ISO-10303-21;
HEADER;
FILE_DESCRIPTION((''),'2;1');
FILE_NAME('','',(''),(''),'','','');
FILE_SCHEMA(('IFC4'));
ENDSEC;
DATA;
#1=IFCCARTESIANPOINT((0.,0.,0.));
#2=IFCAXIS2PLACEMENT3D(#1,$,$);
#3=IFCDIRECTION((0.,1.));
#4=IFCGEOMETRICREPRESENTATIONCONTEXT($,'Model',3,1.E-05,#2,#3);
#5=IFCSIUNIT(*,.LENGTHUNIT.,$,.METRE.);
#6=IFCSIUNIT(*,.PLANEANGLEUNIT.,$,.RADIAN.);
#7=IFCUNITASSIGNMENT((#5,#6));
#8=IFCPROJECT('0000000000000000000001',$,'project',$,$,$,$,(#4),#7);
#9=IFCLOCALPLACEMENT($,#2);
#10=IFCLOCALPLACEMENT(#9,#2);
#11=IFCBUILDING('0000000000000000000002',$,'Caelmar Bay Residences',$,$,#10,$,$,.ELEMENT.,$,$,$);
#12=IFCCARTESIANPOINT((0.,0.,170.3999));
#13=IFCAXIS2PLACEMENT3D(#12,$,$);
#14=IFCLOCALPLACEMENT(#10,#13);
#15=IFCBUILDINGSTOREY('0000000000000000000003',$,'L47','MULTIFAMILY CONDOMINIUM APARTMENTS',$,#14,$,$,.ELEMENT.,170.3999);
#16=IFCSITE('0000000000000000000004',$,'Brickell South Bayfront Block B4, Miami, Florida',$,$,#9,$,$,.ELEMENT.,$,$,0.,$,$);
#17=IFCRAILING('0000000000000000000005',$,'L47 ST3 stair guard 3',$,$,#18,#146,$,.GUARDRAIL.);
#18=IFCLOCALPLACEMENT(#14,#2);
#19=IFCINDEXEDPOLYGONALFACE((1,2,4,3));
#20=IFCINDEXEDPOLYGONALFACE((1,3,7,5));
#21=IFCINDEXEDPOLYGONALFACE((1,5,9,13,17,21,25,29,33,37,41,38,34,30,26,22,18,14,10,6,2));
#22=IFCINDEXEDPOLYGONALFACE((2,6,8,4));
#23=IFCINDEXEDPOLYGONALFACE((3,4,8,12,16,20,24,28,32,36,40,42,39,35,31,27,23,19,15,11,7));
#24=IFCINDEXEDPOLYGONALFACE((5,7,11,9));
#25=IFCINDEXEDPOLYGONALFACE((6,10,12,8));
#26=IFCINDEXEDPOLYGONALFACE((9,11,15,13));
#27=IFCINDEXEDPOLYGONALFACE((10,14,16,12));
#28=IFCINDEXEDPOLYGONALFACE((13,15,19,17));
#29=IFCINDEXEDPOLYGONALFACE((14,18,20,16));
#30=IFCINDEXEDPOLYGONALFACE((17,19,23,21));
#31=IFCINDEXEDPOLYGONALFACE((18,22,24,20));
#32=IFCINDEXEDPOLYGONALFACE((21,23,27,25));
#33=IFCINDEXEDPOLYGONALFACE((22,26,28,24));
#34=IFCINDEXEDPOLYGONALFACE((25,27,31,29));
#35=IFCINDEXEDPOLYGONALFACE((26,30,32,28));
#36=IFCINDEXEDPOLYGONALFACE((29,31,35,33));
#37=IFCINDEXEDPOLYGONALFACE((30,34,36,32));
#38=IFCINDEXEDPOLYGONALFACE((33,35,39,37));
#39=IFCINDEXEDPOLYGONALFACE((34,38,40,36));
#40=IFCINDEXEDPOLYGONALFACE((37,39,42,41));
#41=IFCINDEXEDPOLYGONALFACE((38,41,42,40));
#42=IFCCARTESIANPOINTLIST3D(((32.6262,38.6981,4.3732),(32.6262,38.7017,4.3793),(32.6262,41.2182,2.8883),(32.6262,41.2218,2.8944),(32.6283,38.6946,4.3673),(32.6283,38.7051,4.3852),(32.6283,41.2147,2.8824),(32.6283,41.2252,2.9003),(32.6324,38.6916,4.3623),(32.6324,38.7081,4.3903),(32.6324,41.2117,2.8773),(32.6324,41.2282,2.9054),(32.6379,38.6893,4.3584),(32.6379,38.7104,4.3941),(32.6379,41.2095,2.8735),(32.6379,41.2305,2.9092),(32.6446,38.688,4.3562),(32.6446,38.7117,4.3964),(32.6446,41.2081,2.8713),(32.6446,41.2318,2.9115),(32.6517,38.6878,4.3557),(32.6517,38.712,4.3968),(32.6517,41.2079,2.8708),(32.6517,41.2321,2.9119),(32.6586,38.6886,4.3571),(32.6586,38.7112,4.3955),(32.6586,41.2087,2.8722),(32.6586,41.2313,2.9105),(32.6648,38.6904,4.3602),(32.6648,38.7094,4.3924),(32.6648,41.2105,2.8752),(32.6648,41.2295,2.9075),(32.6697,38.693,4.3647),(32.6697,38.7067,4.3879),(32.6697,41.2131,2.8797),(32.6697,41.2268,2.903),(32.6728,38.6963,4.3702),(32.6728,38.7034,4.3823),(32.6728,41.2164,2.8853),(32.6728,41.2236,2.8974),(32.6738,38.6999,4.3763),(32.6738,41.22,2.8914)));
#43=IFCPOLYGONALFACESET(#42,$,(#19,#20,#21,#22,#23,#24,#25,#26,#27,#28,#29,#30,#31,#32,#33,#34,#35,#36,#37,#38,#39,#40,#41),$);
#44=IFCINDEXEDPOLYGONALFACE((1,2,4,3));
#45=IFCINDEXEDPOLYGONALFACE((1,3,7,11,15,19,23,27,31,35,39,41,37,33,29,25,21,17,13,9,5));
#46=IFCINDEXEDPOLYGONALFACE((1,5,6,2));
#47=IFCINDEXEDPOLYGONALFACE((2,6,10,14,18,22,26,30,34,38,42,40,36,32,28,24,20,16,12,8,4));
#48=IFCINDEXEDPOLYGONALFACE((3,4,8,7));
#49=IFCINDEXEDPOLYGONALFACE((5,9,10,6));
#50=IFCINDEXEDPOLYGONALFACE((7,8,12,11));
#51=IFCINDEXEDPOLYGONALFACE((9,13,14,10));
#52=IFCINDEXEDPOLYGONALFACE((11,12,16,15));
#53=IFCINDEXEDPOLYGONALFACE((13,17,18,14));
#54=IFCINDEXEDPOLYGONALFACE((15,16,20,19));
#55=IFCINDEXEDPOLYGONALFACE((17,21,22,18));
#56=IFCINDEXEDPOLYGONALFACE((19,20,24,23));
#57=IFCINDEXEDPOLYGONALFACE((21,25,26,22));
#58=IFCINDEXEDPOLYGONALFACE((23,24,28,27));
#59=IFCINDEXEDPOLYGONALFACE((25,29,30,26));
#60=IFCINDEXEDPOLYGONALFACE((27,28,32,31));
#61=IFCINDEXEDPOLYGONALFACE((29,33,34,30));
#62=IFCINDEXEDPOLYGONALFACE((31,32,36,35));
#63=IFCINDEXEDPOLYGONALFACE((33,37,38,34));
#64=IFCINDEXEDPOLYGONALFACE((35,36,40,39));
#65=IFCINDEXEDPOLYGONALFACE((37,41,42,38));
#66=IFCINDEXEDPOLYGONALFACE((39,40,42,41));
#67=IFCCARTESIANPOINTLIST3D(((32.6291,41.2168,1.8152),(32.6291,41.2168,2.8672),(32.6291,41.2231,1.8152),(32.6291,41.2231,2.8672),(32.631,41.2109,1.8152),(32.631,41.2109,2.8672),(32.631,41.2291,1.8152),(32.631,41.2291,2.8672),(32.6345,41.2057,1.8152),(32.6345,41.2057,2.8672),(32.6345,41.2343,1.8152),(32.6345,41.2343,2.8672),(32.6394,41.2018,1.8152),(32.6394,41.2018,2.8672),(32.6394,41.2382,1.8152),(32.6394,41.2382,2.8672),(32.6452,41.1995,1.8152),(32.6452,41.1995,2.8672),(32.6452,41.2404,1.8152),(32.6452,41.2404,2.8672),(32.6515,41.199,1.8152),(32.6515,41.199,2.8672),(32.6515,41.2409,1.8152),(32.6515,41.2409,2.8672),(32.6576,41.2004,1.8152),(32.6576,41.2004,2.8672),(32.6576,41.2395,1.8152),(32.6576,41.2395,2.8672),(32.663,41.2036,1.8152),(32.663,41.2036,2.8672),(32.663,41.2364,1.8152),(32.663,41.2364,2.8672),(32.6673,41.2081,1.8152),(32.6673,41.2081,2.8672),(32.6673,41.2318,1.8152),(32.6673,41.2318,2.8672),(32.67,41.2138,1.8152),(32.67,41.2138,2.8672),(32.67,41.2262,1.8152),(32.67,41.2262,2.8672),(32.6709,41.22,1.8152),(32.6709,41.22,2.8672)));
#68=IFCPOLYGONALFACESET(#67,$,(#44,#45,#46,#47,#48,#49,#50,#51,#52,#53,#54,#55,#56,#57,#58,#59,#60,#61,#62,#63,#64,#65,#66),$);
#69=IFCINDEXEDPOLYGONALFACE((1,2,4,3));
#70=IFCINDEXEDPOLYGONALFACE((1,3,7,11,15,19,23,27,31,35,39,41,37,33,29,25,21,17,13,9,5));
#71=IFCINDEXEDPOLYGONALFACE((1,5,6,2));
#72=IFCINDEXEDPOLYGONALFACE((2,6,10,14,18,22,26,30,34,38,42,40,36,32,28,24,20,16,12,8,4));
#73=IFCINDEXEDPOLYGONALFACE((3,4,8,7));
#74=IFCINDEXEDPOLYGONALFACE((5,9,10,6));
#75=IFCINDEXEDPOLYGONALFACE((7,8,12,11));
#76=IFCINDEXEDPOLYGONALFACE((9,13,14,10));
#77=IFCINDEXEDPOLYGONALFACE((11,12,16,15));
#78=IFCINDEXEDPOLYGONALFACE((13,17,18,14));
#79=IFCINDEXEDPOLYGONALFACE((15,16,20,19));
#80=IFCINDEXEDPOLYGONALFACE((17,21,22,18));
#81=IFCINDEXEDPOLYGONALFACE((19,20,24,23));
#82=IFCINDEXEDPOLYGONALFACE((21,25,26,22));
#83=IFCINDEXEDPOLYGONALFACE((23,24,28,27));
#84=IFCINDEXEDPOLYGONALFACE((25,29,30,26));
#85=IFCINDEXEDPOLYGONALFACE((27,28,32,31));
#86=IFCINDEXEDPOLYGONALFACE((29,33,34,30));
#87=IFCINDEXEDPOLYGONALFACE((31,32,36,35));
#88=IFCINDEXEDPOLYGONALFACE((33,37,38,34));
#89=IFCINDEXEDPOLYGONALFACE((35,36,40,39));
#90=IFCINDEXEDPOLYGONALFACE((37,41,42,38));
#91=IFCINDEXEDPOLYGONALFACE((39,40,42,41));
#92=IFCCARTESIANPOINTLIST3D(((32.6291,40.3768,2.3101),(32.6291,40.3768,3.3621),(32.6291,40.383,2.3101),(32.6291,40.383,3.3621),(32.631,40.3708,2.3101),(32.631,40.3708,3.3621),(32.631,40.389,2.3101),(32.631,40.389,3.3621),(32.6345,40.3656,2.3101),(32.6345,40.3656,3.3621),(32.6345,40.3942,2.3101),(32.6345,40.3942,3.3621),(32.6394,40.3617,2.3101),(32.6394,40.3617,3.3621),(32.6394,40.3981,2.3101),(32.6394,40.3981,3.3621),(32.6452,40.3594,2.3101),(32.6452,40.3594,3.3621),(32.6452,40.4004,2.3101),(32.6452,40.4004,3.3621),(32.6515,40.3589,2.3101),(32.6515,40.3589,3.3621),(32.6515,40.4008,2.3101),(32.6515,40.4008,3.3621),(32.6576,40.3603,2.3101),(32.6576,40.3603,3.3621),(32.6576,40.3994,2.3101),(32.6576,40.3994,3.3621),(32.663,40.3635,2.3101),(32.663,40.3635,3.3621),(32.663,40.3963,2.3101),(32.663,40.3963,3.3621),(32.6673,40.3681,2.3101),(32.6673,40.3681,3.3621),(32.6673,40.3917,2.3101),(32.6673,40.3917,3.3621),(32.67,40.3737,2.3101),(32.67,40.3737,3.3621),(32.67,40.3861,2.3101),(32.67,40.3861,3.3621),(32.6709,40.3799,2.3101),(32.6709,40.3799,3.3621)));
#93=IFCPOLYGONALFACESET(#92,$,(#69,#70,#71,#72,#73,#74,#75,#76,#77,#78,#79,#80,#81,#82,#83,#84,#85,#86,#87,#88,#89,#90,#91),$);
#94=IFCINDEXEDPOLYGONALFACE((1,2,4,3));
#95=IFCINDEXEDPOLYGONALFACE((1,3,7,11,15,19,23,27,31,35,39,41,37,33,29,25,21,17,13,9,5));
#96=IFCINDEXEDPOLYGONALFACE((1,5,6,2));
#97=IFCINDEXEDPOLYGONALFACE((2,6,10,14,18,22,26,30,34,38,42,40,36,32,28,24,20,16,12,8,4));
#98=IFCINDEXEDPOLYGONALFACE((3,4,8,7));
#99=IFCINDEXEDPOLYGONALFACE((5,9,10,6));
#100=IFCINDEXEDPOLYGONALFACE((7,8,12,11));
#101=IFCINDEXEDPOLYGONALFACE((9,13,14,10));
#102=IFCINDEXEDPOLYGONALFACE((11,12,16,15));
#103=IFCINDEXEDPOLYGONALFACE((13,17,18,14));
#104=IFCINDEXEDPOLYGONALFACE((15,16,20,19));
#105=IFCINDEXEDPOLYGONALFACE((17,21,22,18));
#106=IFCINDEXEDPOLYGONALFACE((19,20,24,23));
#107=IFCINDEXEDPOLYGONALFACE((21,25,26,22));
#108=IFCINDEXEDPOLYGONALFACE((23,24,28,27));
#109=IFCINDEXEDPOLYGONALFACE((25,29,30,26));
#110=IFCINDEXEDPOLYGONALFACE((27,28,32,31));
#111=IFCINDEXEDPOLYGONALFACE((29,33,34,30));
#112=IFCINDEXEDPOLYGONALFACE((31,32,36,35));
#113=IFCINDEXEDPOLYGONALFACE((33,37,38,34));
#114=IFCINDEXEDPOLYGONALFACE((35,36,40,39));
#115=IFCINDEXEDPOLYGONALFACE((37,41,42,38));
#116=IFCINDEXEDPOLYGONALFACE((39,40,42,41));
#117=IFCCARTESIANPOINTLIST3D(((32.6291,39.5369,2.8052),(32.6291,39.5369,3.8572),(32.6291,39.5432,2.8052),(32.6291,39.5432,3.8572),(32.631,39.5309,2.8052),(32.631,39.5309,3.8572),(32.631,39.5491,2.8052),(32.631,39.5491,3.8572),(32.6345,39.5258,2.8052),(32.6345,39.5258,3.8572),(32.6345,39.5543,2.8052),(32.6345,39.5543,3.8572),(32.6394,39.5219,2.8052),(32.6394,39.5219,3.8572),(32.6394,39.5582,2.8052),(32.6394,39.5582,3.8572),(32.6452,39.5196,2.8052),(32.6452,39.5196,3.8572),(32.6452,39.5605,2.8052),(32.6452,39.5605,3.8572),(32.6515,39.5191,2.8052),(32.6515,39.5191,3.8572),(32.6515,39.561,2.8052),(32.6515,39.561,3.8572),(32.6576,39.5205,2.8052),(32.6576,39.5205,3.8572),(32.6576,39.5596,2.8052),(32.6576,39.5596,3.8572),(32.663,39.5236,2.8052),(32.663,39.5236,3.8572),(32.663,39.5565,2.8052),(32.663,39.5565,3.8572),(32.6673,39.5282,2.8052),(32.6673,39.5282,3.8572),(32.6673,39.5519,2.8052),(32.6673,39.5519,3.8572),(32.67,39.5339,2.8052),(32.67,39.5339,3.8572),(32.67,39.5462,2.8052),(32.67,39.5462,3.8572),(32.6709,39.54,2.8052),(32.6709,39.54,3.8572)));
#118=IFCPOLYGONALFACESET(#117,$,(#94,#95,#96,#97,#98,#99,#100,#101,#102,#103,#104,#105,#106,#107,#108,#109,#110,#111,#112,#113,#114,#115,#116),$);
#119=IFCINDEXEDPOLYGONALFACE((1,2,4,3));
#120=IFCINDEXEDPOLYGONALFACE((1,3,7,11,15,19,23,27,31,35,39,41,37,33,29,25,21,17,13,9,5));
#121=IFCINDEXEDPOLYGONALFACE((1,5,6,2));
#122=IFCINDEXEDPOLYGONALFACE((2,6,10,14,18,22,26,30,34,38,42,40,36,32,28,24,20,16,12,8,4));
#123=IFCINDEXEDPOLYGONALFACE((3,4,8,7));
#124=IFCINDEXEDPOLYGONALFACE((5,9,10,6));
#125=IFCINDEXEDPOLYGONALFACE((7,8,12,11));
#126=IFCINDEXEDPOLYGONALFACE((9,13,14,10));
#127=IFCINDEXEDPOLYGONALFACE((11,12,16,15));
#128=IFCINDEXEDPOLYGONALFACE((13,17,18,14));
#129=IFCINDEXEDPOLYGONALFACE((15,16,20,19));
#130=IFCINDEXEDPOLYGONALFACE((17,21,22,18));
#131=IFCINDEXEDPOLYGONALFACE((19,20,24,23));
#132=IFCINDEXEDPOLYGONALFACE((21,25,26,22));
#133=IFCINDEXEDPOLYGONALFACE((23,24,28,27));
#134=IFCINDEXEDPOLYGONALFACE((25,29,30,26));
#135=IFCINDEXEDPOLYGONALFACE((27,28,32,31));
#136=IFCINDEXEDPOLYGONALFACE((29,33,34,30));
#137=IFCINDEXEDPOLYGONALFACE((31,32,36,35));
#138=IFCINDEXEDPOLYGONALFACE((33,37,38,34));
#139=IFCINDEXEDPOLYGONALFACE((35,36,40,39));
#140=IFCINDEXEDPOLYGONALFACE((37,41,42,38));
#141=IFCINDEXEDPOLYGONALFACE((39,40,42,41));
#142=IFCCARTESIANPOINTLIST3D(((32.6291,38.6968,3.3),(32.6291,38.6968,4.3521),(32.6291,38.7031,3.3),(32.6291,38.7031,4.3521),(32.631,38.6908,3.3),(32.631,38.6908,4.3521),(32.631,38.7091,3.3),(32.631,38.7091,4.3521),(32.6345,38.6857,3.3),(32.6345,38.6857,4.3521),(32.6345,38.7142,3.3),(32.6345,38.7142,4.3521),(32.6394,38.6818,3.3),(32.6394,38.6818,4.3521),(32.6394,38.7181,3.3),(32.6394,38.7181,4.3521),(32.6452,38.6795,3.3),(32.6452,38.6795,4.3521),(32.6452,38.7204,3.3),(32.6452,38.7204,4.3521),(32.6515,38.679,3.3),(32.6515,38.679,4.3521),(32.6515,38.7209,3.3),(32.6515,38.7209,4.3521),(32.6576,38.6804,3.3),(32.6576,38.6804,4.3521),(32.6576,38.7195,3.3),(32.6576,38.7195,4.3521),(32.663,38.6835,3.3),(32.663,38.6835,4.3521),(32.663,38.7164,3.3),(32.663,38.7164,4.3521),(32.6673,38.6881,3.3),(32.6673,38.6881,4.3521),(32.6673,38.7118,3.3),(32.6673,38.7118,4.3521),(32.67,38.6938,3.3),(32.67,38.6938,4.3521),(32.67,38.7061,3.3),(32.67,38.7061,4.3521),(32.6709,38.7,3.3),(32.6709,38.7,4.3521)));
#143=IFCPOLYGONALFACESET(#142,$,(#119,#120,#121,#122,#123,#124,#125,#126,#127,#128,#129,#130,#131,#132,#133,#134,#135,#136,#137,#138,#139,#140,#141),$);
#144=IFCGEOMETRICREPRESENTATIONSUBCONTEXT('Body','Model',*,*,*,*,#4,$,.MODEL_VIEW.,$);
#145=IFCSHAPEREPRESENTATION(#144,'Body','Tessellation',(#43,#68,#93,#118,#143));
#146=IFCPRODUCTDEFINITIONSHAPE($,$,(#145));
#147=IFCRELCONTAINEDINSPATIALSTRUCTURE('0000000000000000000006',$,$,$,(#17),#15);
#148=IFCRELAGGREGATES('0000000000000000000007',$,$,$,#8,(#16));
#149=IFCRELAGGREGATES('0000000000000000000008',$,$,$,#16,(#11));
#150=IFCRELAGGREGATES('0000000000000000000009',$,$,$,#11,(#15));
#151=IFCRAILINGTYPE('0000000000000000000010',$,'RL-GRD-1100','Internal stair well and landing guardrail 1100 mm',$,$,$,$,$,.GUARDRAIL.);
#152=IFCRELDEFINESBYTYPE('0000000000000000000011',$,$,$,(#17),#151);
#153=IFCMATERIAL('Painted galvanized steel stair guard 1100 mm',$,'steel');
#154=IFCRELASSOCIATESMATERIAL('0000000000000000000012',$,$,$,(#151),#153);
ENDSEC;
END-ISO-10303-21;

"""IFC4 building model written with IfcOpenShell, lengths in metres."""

from ifc_helpers import new_model, si_unit, direction, frame, origin, origin_2d, place, context, subcontext, project, spatial, circle, extrude, material, type_object, element, save


model = new_model("IFC4")

# Units and contexts
model_context = context("Model", 3, precision=1e-05, world=origin(), true_north=direction((0.0, 1.0)))
body_context = subcontext(model_context, "Body", "Model", "MODEL_VIEW")
ifc_project = project(units=[si_unit("LENGTHUNIT", "METRE"), si_unit("PLANEANGLEUNIT", "RADIAN")], contexts=[model_context])

# Site, building, storey
site_placement = place(None, origin())
site = spatial("IfcSite", under=ifc_project, at=site_placement, Name="Brickell South Bayfront Block B4, Miami, Florida", CompositionType="ELEMENT", RefElevation=0.0)
building_placement = place(site_placement, origin())
building = spatial("IfcBuilding", under=site, at=building_placement, Name="Caelmar Bay Residences", CompositionType="ELEMENT")
storey_placement = place(building_placement, frame((0.0, 0.0, 170.3999)))
storey = spatial("IfcBuildingStorey", under=building, at=storey_placement, Name="L47", Description="MULTIFAMILY CONDOMINIUM APARTMENTS", CompositionType="ELEMENT", Elevation=170.3999)

# Railing
ifc_material_1 = material(Name="Painted galvanized steel stair guard 1100 mm", Category="steel")
railing_type_1 = type_object("IfcRailingType", Name="RL-GRD-1100", Description="Internal stair well and landing guardrail 1100 mm", PredefinedType="GUARDRAIL", material=ifc_material_1)
railing_1_placement = place(storey_placement, frame((32.6499, 41.22, 1.8152)))
element("IfcRailing", 1, at=railing_1_placement, inside=storey, type_object=railing_type_1, Name="L47 ST3 stair guard 3", PredefinedType="GUARDRAIL", context=body_context, shape_type="SweptSolid", body=[
    extrude(circle(Radius=0.0239, at=origin_2d()), frame((0.0, 0.0, 1.0762), z_axis=(0.0, -0.861561, 0.507655), x_axis=(1.0, 0.0, 0.0)), (0.0, 0.0, 1.0), 2.925),
    extrude(circle(Radius=0.021, at=origin_2d()), origin(), (0.0, 0.0, 1.0), 1.052),
    extrude(circle(Radius=0.021, at=origin_2d()), frame((0.0, -0.8401, 0.4949)), (0.0, 0.0, 1.0), 1.052),
    extrude(circle(Radius=0.021, at=origin_2d()), frame((0.0, -1.6799, 0.99)), (0.0, 0.0, 1.0), 1.052),
    extrude(circle(Radius=0.021, at=origin_2d()), frame((0.0, -2.52, 1.4849)), (0.0, 0.0, 1.0), 1.052),
])

save(model, "model.ifc")
